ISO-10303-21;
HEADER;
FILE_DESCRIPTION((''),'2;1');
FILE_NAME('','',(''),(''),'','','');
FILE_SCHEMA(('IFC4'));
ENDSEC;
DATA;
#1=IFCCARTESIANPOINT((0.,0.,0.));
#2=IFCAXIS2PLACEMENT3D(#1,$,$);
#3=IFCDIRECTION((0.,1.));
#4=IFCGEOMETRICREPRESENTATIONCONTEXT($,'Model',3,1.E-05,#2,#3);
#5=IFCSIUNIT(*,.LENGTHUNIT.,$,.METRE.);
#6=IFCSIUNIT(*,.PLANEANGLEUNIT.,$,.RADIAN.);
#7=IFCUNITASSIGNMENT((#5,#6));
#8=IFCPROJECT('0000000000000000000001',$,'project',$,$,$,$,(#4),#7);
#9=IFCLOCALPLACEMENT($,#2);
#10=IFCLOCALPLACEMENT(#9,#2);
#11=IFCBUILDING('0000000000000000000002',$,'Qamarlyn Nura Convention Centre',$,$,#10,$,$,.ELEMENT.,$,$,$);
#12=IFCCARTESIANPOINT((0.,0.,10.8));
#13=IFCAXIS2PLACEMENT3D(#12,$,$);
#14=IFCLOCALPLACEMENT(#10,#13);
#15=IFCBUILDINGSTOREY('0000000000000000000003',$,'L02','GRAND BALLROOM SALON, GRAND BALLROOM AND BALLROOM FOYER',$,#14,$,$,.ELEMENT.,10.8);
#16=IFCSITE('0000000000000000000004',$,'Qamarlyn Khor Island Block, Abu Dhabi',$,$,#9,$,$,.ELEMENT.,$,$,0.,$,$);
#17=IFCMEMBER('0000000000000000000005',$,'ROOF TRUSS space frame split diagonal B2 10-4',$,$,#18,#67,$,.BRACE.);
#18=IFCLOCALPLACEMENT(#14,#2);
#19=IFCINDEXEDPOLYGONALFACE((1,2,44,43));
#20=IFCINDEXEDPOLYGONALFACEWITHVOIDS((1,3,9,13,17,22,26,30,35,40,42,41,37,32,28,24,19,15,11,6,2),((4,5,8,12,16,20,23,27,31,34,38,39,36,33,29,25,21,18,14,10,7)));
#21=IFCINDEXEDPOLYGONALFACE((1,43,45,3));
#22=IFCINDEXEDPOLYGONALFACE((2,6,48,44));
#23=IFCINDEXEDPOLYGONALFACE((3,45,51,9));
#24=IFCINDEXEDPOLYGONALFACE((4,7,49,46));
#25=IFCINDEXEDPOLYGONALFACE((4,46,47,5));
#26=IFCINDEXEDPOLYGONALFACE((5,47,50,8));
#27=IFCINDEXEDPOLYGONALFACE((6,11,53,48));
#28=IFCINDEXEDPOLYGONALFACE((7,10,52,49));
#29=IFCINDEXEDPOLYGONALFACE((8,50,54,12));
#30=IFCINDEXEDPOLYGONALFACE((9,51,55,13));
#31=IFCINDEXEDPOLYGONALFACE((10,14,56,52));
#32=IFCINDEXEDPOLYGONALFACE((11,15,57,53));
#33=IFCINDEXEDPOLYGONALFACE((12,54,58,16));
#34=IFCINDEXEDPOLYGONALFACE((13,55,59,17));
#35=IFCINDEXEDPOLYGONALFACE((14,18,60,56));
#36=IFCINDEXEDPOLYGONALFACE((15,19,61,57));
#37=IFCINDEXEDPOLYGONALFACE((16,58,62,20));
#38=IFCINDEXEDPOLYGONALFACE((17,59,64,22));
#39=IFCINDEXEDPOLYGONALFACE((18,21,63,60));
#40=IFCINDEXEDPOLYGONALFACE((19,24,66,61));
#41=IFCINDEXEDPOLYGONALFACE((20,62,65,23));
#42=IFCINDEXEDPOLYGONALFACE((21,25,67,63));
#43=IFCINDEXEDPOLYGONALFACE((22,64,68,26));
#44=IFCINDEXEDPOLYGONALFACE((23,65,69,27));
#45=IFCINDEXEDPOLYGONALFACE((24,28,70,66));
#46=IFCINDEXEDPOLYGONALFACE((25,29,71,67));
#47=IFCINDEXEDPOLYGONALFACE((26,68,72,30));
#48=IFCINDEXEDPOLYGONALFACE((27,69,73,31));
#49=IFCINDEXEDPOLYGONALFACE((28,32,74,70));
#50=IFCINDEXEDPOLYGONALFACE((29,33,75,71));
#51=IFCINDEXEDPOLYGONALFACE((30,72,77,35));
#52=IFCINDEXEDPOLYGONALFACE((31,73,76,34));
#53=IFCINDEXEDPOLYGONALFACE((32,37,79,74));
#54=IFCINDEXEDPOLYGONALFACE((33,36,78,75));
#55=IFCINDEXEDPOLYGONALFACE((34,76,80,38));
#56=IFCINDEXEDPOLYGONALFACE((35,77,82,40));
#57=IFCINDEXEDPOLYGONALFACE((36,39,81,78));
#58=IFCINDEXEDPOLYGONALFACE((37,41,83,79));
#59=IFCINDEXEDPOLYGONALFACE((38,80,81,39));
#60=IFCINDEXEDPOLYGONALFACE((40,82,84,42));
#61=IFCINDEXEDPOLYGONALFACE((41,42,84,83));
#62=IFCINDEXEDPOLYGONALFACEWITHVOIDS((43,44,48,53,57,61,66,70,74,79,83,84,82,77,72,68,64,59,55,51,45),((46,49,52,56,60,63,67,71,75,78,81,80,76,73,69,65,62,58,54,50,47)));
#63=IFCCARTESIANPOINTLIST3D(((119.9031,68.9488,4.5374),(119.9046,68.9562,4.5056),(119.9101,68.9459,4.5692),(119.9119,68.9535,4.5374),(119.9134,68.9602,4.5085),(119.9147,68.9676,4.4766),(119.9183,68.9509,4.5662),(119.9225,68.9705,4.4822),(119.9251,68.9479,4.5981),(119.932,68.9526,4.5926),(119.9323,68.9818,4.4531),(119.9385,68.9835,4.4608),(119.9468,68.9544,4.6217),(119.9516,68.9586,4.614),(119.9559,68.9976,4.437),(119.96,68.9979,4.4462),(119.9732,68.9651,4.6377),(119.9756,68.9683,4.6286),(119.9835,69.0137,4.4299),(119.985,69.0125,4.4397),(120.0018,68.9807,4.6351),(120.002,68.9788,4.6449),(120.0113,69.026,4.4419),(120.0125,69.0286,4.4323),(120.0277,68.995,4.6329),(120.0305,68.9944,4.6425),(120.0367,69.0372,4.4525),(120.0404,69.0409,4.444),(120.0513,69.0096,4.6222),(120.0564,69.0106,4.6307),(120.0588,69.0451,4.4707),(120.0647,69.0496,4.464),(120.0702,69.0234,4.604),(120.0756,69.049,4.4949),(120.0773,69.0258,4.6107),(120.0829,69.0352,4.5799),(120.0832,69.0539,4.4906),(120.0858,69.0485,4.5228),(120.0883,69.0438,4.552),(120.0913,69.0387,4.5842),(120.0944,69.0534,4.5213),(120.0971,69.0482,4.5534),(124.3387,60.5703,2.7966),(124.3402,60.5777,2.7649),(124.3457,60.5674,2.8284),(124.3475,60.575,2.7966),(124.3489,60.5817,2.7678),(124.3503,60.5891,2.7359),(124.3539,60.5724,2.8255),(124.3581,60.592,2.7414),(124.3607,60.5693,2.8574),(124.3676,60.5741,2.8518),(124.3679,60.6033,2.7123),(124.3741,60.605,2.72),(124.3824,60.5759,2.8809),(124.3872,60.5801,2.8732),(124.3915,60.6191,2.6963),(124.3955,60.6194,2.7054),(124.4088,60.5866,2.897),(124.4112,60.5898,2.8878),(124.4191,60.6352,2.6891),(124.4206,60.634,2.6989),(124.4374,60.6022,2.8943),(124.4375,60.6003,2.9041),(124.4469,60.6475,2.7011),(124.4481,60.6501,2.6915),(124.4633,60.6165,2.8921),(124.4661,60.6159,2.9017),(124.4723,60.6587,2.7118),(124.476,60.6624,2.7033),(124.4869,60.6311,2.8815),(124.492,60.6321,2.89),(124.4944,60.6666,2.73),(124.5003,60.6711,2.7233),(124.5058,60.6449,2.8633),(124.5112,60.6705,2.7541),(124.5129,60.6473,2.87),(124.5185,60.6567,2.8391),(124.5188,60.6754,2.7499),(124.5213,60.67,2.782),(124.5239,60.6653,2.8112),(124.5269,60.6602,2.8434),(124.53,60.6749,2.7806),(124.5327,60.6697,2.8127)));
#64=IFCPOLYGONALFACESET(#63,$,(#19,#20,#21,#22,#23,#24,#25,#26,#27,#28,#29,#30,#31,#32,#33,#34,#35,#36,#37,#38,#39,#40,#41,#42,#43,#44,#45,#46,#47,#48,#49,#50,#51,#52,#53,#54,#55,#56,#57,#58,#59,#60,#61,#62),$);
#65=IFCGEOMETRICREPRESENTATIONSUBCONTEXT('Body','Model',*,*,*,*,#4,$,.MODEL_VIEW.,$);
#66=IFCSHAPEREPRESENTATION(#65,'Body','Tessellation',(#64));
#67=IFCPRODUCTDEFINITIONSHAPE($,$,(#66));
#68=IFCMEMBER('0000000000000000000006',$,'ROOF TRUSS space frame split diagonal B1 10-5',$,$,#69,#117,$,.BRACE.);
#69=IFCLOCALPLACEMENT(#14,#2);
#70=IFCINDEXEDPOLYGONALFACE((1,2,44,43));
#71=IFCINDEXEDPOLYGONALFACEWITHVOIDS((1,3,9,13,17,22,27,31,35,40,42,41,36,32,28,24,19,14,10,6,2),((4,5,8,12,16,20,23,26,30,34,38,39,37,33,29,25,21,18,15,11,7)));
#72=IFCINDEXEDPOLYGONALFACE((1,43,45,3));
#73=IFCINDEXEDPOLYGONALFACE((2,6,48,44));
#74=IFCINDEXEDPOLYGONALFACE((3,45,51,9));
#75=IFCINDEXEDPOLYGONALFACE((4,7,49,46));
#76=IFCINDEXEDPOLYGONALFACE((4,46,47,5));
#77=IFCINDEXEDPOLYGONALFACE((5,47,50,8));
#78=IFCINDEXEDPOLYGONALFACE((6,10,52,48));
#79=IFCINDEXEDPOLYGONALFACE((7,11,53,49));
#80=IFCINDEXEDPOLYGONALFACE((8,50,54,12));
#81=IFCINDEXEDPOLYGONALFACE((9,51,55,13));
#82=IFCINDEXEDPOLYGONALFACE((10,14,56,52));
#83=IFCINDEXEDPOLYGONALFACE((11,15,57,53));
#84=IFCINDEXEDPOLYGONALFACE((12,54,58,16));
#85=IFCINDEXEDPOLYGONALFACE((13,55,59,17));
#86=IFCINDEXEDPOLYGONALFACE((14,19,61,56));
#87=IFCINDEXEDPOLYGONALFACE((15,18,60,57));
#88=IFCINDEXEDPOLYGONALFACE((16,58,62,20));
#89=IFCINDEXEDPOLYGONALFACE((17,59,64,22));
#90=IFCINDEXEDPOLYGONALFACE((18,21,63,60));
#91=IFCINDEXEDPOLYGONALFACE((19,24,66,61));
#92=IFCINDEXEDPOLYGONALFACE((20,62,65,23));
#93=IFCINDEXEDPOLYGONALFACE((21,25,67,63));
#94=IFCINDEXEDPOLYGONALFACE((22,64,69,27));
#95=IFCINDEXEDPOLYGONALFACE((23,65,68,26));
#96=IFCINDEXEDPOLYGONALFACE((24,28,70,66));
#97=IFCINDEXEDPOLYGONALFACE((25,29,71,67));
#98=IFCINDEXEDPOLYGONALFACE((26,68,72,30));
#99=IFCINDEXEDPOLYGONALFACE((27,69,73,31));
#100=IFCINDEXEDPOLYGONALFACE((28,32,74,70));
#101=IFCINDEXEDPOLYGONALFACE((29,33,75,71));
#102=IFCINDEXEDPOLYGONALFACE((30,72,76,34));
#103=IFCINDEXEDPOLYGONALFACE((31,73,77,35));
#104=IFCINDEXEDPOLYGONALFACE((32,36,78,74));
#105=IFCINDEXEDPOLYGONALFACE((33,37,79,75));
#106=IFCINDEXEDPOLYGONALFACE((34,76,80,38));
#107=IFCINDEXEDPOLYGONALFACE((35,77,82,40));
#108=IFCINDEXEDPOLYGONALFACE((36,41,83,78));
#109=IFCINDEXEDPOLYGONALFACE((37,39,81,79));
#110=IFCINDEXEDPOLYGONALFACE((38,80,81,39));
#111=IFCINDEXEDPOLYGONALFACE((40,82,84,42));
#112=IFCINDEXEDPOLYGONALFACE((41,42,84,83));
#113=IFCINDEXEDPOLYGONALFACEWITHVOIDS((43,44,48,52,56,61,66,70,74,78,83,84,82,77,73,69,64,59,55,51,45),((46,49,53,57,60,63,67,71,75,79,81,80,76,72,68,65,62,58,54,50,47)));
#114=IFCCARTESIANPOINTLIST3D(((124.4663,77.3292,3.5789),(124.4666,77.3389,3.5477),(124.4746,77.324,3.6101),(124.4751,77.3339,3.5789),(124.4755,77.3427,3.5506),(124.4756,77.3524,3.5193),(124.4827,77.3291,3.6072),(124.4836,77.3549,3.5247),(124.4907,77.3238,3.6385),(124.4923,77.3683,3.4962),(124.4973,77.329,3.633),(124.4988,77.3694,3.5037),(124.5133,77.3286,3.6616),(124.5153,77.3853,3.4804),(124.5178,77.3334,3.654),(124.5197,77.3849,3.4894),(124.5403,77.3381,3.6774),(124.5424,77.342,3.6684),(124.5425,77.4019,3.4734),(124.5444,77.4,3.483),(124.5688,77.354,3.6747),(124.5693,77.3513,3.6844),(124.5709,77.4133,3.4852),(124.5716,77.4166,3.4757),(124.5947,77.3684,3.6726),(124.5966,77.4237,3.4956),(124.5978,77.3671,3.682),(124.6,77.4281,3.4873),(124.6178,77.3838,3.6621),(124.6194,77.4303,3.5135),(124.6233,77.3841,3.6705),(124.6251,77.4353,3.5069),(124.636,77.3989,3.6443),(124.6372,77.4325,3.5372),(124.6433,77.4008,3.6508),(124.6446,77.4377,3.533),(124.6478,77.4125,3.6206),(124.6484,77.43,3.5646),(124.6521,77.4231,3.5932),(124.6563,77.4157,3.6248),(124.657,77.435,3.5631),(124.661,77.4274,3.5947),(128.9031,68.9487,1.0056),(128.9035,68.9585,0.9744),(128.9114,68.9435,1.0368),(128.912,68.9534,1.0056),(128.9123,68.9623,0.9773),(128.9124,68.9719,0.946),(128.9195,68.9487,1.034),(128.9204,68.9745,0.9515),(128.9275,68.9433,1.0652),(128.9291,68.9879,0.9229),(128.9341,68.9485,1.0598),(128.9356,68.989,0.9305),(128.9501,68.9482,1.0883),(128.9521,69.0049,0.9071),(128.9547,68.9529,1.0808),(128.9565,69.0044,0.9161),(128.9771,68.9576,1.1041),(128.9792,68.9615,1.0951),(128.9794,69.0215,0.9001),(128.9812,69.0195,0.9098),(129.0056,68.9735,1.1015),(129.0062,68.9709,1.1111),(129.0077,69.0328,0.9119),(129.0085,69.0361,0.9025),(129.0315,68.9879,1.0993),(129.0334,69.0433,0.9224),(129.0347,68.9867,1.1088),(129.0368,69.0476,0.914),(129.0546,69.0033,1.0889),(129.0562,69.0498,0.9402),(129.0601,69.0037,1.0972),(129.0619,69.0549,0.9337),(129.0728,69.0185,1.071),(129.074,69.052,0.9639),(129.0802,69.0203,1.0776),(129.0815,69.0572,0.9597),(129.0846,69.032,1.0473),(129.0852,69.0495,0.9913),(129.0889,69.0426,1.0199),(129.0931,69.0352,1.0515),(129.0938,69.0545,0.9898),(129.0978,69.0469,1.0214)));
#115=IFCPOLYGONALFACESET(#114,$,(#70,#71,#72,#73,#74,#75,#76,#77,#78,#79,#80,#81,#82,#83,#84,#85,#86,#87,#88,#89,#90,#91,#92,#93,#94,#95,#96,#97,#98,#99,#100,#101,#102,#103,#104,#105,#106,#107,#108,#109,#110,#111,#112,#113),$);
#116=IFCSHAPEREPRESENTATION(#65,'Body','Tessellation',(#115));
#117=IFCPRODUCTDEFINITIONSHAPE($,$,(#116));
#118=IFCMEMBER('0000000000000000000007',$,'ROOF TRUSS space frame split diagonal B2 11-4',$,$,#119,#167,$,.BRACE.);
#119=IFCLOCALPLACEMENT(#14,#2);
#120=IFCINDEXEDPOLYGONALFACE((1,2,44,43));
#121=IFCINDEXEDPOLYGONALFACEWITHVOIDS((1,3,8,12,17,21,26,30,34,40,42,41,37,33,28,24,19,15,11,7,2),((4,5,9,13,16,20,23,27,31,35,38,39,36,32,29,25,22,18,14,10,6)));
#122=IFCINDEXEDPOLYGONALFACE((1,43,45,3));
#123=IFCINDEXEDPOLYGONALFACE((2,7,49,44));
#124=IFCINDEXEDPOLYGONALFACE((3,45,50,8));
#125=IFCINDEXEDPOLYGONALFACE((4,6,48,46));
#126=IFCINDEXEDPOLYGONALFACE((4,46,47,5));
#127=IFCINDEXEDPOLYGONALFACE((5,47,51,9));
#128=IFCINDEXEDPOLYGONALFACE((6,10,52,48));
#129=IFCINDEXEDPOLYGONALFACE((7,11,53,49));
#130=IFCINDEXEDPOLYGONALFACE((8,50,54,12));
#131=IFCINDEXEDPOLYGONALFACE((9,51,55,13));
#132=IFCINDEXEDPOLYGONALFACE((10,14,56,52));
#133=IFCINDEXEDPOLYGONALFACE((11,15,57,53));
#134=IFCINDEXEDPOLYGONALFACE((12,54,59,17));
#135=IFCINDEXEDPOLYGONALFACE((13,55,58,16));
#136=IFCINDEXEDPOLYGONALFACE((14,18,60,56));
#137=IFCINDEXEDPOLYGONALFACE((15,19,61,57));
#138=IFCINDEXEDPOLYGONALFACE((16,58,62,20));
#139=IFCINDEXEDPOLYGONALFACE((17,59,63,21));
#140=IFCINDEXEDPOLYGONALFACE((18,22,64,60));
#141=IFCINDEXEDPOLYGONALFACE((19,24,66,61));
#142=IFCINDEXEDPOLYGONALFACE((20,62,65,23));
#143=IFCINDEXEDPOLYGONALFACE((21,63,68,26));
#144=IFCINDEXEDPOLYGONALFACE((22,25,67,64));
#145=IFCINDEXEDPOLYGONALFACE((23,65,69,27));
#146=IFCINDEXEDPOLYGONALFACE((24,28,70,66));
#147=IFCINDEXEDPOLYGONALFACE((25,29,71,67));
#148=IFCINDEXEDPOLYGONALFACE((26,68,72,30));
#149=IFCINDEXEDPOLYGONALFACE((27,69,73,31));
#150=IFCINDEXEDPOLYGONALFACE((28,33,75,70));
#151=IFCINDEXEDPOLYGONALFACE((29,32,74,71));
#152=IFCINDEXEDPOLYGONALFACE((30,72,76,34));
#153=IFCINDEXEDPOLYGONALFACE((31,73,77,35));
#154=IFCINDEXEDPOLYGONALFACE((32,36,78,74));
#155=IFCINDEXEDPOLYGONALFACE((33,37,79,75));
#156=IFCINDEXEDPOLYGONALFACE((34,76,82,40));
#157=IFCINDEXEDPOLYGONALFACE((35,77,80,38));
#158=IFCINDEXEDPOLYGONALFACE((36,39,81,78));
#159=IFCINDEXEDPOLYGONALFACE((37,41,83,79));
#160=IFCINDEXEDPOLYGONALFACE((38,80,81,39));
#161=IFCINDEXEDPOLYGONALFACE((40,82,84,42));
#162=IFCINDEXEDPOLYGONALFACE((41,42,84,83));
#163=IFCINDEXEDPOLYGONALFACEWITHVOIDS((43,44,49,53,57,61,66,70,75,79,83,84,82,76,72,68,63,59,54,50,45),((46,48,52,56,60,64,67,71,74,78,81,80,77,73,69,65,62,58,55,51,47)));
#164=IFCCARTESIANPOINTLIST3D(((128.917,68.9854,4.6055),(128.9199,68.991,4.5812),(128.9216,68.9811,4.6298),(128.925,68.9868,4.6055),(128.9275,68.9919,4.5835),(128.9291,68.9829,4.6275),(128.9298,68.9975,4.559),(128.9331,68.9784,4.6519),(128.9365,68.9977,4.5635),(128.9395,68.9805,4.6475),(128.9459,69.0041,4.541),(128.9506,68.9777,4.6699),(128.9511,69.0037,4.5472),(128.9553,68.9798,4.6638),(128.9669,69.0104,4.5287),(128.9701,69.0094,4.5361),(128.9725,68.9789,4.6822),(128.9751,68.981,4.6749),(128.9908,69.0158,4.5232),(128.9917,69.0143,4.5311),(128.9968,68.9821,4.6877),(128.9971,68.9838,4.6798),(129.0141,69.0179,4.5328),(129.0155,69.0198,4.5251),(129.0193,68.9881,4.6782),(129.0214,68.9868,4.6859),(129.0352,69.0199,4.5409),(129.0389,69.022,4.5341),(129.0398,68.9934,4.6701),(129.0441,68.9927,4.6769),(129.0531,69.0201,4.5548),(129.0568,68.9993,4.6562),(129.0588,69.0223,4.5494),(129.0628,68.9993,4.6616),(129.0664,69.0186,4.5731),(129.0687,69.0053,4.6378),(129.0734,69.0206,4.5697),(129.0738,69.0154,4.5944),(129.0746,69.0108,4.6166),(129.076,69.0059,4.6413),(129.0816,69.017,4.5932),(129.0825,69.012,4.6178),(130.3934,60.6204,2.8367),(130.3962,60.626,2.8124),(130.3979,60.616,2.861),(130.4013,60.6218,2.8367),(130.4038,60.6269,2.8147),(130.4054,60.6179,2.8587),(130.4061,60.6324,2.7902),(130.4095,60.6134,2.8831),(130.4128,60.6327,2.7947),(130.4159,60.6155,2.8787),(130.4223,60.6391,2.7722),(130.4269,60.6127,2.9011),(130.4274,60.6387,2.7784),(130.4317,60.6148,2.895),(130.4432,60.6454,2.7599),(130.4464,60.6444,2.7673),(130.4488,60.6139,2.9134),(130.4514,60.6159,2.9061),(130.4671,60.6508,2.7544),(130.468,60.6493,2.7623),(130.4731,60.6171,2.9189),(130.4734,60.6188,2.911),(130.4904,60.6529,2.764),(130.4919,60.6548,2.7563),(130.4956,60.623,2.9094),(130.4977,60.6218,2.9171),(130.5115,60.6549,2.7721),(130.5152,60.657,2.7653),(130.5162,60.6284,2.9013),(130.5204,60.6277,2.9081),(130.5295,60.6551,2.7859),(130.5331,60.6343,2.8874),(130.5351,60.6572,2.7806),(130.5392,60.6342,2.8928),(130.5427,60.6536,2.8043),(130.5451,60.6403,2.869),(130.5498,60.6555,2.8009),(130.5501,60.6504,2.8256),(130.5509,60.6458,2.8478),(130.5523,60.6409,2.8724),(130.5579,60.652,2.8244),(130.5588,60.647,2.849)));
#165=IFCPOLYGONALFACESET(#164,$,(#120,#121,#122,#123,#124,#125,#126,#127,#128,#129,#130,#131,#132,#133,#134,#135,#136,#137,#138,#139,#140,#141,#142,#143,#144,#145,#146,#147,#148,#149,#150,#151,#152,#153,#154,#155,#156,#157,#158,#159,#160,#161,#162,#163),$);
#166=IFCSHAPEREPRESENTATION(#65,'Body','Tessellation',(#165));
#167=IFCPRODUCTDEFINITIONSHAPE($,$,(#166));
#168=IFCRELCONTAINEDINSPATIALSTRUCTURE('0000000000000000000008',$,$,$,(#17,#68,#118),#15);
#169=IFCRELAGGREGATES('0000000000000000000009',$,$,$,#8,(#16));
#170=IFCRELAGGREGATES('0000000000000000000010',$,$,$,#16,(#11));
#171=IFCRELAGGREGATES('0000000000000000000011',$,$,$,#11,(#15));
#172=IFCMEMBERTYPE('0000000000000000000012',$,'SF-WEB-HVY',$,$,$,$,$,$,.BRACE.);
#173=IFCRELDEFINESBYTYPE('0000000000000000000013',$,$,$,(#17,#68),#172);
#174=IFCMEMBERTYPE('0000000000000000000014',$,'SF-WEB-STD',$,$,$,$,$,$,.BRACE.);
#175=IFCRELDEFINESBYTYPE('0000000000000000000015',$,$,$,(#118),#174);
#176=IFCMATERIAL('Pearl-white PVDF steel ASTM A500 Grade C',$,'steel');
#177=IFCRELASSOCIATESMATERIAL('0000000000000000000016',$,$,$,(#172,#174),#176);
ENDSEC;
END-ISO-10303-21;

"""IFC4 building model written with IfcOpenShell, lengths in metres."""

from ifc_helpers import new_model, si_unit, direction, frame, origin, origin_2d, place, context, subcontext, project, spatial, hollow_circle, extrude, material, material_profile, profile_set, type_object, element, save


model = new_model("IFC4")

# Units and contexts
model_context = context("Model", 3, precision=1e-05, world=origin(), true_north=direction((0.0, 1.0)))
body_context = subcontext(model_context, "Body", "Model", "MODEL_VIEW")
ifc_project = project(units=[si_unit("LENGTHUNIT", "METRE"), si_unit("PLANEANGLEUNIT", "RADIAN")], contexts=[model_context])

# Site, building, storey
site_placement = place(None, origin())
site = spatial("IfcSite", under=ifc_project, at=site_placement, Name="Qamarlyn Khor Island Block, Abu Dhabi", CompositionType="ELEMENT", RefElevation=0.0)
building_placement = place(site_placement, origin())
building = spatial("IfcBuilding", under=site, at=building_placement, Name="Qamarlyn Nura Convention Centre", CompositionType="ELEMENT")
storey_placement = place(building_placement, frame((0.0, 0.0, 10.8)))
storey = spatial("IfcBuildingStorey", under=building, at=storey_placement, Name="L02", Description="GRAND BALLROOM SALON, GRAND BALLROOM AND BALLROOM FOYER", CompositionType="ELEMENT", Elevation=10.8)

# Members
ifc_material_1 = material(Name="Pearl-white PVDF steel ASTM A500 Grade C", Category="steel")
ifc_material_profile_1 = material_profile(ifc_material_1, hollow_circle(Radius=0.1096, WallThickness=0.01, at=origin_2d()), Name="CHS219.1X10")
ifc_profile_set_1 = profile_set([ifc_material_profile_1], Name="Pearl-white PVDF steel ASTM A500 Grade C")
member_type_1 = type_object("IfcMemberType", Name="SF-WEB-HVY", PredefinedType="BRACE", material=ifc_profile_set_1)
member_1_placement = place(storey_placement, frame((124.4355, 60.6216, 2.7966), z_axis=(-0.460187, 0.869259, 0.1806), x_axis=(-0.883792, -0.467881, 0.0)))
element("IfcMember", 1, at=member_1_placement, inside=storey, type_object=member_type_1, Name="ROOF TRUSS space frame split diagonal B2 10-4", PredefinedType="BRACE", context=body_context, shape_type="SweptSolid", body=[
    extrude(hollow_circle(Radius=0.1096, WallThickness=0.01, at=origin_2d()), origin(), (0.0, 0.0, 1.0), 9.6387),
])
member_2_placement = place(storey_placement, frame((129.0, 69.0, 1.0056), z_axis=(-0.451564, 0.852935, 0.261899), x_axis=(-0.883784, -0.467896, 0.0)))
element("IfcMember", 2, at=member_2_placement, inside=storey, type_object=member_type_1, Name="ROOF TRUSS space frame split diagonal B1 10-5", PredefinedType="BRACE", context=body_context, shape_type="SweptSolid", body=[
    extrude(hollow_circle(Radius=0.1096, WallThickness=0.01, at=origin_2d()), origin(), (0.0, 0.0, 1.0), 9.8254),
])
ifc_material_profile_2 = material_profile(ifc_material_1, hollow_circle(Radius=0.0842, WallThickness=0.0081, at=origin_2d()), Name="CHS168.3X8")
ifc_profile_set_2 = profile_set([ifc_material_profile_2], Name="Pearl-white PVDF steel ASTM A500 Grade C")
member_type_2 = type_object("IfcMemberType", Name="SF-WEB-STD", PredefinedType="BRACE", material=ifc_profile_set_2)
member_3_placement = place(storey_placement, frame((130.4763, 60.635, 2.8367), z_axis=(-0.170152, 0.9641, 0.203861), x_axis=(-0.984781, -0.173802, 0.0)))
element("IfcMember", 3, at=member_3_placement, inside=storey, type_object=member_type_2, Name="ROOF TRUSS space frame split diagonal B2 11-4", PredefinedType="BRACE", context=body_context, shape_type="SweptSolid", body=[
    extrude(hollow_circle(Radius=0.0842, WallThickness=0.0081, at=origin_2d()), origin(), (0.0, 0.0, 1.0), 8.6765),
])

save(model, "model.ifc")
